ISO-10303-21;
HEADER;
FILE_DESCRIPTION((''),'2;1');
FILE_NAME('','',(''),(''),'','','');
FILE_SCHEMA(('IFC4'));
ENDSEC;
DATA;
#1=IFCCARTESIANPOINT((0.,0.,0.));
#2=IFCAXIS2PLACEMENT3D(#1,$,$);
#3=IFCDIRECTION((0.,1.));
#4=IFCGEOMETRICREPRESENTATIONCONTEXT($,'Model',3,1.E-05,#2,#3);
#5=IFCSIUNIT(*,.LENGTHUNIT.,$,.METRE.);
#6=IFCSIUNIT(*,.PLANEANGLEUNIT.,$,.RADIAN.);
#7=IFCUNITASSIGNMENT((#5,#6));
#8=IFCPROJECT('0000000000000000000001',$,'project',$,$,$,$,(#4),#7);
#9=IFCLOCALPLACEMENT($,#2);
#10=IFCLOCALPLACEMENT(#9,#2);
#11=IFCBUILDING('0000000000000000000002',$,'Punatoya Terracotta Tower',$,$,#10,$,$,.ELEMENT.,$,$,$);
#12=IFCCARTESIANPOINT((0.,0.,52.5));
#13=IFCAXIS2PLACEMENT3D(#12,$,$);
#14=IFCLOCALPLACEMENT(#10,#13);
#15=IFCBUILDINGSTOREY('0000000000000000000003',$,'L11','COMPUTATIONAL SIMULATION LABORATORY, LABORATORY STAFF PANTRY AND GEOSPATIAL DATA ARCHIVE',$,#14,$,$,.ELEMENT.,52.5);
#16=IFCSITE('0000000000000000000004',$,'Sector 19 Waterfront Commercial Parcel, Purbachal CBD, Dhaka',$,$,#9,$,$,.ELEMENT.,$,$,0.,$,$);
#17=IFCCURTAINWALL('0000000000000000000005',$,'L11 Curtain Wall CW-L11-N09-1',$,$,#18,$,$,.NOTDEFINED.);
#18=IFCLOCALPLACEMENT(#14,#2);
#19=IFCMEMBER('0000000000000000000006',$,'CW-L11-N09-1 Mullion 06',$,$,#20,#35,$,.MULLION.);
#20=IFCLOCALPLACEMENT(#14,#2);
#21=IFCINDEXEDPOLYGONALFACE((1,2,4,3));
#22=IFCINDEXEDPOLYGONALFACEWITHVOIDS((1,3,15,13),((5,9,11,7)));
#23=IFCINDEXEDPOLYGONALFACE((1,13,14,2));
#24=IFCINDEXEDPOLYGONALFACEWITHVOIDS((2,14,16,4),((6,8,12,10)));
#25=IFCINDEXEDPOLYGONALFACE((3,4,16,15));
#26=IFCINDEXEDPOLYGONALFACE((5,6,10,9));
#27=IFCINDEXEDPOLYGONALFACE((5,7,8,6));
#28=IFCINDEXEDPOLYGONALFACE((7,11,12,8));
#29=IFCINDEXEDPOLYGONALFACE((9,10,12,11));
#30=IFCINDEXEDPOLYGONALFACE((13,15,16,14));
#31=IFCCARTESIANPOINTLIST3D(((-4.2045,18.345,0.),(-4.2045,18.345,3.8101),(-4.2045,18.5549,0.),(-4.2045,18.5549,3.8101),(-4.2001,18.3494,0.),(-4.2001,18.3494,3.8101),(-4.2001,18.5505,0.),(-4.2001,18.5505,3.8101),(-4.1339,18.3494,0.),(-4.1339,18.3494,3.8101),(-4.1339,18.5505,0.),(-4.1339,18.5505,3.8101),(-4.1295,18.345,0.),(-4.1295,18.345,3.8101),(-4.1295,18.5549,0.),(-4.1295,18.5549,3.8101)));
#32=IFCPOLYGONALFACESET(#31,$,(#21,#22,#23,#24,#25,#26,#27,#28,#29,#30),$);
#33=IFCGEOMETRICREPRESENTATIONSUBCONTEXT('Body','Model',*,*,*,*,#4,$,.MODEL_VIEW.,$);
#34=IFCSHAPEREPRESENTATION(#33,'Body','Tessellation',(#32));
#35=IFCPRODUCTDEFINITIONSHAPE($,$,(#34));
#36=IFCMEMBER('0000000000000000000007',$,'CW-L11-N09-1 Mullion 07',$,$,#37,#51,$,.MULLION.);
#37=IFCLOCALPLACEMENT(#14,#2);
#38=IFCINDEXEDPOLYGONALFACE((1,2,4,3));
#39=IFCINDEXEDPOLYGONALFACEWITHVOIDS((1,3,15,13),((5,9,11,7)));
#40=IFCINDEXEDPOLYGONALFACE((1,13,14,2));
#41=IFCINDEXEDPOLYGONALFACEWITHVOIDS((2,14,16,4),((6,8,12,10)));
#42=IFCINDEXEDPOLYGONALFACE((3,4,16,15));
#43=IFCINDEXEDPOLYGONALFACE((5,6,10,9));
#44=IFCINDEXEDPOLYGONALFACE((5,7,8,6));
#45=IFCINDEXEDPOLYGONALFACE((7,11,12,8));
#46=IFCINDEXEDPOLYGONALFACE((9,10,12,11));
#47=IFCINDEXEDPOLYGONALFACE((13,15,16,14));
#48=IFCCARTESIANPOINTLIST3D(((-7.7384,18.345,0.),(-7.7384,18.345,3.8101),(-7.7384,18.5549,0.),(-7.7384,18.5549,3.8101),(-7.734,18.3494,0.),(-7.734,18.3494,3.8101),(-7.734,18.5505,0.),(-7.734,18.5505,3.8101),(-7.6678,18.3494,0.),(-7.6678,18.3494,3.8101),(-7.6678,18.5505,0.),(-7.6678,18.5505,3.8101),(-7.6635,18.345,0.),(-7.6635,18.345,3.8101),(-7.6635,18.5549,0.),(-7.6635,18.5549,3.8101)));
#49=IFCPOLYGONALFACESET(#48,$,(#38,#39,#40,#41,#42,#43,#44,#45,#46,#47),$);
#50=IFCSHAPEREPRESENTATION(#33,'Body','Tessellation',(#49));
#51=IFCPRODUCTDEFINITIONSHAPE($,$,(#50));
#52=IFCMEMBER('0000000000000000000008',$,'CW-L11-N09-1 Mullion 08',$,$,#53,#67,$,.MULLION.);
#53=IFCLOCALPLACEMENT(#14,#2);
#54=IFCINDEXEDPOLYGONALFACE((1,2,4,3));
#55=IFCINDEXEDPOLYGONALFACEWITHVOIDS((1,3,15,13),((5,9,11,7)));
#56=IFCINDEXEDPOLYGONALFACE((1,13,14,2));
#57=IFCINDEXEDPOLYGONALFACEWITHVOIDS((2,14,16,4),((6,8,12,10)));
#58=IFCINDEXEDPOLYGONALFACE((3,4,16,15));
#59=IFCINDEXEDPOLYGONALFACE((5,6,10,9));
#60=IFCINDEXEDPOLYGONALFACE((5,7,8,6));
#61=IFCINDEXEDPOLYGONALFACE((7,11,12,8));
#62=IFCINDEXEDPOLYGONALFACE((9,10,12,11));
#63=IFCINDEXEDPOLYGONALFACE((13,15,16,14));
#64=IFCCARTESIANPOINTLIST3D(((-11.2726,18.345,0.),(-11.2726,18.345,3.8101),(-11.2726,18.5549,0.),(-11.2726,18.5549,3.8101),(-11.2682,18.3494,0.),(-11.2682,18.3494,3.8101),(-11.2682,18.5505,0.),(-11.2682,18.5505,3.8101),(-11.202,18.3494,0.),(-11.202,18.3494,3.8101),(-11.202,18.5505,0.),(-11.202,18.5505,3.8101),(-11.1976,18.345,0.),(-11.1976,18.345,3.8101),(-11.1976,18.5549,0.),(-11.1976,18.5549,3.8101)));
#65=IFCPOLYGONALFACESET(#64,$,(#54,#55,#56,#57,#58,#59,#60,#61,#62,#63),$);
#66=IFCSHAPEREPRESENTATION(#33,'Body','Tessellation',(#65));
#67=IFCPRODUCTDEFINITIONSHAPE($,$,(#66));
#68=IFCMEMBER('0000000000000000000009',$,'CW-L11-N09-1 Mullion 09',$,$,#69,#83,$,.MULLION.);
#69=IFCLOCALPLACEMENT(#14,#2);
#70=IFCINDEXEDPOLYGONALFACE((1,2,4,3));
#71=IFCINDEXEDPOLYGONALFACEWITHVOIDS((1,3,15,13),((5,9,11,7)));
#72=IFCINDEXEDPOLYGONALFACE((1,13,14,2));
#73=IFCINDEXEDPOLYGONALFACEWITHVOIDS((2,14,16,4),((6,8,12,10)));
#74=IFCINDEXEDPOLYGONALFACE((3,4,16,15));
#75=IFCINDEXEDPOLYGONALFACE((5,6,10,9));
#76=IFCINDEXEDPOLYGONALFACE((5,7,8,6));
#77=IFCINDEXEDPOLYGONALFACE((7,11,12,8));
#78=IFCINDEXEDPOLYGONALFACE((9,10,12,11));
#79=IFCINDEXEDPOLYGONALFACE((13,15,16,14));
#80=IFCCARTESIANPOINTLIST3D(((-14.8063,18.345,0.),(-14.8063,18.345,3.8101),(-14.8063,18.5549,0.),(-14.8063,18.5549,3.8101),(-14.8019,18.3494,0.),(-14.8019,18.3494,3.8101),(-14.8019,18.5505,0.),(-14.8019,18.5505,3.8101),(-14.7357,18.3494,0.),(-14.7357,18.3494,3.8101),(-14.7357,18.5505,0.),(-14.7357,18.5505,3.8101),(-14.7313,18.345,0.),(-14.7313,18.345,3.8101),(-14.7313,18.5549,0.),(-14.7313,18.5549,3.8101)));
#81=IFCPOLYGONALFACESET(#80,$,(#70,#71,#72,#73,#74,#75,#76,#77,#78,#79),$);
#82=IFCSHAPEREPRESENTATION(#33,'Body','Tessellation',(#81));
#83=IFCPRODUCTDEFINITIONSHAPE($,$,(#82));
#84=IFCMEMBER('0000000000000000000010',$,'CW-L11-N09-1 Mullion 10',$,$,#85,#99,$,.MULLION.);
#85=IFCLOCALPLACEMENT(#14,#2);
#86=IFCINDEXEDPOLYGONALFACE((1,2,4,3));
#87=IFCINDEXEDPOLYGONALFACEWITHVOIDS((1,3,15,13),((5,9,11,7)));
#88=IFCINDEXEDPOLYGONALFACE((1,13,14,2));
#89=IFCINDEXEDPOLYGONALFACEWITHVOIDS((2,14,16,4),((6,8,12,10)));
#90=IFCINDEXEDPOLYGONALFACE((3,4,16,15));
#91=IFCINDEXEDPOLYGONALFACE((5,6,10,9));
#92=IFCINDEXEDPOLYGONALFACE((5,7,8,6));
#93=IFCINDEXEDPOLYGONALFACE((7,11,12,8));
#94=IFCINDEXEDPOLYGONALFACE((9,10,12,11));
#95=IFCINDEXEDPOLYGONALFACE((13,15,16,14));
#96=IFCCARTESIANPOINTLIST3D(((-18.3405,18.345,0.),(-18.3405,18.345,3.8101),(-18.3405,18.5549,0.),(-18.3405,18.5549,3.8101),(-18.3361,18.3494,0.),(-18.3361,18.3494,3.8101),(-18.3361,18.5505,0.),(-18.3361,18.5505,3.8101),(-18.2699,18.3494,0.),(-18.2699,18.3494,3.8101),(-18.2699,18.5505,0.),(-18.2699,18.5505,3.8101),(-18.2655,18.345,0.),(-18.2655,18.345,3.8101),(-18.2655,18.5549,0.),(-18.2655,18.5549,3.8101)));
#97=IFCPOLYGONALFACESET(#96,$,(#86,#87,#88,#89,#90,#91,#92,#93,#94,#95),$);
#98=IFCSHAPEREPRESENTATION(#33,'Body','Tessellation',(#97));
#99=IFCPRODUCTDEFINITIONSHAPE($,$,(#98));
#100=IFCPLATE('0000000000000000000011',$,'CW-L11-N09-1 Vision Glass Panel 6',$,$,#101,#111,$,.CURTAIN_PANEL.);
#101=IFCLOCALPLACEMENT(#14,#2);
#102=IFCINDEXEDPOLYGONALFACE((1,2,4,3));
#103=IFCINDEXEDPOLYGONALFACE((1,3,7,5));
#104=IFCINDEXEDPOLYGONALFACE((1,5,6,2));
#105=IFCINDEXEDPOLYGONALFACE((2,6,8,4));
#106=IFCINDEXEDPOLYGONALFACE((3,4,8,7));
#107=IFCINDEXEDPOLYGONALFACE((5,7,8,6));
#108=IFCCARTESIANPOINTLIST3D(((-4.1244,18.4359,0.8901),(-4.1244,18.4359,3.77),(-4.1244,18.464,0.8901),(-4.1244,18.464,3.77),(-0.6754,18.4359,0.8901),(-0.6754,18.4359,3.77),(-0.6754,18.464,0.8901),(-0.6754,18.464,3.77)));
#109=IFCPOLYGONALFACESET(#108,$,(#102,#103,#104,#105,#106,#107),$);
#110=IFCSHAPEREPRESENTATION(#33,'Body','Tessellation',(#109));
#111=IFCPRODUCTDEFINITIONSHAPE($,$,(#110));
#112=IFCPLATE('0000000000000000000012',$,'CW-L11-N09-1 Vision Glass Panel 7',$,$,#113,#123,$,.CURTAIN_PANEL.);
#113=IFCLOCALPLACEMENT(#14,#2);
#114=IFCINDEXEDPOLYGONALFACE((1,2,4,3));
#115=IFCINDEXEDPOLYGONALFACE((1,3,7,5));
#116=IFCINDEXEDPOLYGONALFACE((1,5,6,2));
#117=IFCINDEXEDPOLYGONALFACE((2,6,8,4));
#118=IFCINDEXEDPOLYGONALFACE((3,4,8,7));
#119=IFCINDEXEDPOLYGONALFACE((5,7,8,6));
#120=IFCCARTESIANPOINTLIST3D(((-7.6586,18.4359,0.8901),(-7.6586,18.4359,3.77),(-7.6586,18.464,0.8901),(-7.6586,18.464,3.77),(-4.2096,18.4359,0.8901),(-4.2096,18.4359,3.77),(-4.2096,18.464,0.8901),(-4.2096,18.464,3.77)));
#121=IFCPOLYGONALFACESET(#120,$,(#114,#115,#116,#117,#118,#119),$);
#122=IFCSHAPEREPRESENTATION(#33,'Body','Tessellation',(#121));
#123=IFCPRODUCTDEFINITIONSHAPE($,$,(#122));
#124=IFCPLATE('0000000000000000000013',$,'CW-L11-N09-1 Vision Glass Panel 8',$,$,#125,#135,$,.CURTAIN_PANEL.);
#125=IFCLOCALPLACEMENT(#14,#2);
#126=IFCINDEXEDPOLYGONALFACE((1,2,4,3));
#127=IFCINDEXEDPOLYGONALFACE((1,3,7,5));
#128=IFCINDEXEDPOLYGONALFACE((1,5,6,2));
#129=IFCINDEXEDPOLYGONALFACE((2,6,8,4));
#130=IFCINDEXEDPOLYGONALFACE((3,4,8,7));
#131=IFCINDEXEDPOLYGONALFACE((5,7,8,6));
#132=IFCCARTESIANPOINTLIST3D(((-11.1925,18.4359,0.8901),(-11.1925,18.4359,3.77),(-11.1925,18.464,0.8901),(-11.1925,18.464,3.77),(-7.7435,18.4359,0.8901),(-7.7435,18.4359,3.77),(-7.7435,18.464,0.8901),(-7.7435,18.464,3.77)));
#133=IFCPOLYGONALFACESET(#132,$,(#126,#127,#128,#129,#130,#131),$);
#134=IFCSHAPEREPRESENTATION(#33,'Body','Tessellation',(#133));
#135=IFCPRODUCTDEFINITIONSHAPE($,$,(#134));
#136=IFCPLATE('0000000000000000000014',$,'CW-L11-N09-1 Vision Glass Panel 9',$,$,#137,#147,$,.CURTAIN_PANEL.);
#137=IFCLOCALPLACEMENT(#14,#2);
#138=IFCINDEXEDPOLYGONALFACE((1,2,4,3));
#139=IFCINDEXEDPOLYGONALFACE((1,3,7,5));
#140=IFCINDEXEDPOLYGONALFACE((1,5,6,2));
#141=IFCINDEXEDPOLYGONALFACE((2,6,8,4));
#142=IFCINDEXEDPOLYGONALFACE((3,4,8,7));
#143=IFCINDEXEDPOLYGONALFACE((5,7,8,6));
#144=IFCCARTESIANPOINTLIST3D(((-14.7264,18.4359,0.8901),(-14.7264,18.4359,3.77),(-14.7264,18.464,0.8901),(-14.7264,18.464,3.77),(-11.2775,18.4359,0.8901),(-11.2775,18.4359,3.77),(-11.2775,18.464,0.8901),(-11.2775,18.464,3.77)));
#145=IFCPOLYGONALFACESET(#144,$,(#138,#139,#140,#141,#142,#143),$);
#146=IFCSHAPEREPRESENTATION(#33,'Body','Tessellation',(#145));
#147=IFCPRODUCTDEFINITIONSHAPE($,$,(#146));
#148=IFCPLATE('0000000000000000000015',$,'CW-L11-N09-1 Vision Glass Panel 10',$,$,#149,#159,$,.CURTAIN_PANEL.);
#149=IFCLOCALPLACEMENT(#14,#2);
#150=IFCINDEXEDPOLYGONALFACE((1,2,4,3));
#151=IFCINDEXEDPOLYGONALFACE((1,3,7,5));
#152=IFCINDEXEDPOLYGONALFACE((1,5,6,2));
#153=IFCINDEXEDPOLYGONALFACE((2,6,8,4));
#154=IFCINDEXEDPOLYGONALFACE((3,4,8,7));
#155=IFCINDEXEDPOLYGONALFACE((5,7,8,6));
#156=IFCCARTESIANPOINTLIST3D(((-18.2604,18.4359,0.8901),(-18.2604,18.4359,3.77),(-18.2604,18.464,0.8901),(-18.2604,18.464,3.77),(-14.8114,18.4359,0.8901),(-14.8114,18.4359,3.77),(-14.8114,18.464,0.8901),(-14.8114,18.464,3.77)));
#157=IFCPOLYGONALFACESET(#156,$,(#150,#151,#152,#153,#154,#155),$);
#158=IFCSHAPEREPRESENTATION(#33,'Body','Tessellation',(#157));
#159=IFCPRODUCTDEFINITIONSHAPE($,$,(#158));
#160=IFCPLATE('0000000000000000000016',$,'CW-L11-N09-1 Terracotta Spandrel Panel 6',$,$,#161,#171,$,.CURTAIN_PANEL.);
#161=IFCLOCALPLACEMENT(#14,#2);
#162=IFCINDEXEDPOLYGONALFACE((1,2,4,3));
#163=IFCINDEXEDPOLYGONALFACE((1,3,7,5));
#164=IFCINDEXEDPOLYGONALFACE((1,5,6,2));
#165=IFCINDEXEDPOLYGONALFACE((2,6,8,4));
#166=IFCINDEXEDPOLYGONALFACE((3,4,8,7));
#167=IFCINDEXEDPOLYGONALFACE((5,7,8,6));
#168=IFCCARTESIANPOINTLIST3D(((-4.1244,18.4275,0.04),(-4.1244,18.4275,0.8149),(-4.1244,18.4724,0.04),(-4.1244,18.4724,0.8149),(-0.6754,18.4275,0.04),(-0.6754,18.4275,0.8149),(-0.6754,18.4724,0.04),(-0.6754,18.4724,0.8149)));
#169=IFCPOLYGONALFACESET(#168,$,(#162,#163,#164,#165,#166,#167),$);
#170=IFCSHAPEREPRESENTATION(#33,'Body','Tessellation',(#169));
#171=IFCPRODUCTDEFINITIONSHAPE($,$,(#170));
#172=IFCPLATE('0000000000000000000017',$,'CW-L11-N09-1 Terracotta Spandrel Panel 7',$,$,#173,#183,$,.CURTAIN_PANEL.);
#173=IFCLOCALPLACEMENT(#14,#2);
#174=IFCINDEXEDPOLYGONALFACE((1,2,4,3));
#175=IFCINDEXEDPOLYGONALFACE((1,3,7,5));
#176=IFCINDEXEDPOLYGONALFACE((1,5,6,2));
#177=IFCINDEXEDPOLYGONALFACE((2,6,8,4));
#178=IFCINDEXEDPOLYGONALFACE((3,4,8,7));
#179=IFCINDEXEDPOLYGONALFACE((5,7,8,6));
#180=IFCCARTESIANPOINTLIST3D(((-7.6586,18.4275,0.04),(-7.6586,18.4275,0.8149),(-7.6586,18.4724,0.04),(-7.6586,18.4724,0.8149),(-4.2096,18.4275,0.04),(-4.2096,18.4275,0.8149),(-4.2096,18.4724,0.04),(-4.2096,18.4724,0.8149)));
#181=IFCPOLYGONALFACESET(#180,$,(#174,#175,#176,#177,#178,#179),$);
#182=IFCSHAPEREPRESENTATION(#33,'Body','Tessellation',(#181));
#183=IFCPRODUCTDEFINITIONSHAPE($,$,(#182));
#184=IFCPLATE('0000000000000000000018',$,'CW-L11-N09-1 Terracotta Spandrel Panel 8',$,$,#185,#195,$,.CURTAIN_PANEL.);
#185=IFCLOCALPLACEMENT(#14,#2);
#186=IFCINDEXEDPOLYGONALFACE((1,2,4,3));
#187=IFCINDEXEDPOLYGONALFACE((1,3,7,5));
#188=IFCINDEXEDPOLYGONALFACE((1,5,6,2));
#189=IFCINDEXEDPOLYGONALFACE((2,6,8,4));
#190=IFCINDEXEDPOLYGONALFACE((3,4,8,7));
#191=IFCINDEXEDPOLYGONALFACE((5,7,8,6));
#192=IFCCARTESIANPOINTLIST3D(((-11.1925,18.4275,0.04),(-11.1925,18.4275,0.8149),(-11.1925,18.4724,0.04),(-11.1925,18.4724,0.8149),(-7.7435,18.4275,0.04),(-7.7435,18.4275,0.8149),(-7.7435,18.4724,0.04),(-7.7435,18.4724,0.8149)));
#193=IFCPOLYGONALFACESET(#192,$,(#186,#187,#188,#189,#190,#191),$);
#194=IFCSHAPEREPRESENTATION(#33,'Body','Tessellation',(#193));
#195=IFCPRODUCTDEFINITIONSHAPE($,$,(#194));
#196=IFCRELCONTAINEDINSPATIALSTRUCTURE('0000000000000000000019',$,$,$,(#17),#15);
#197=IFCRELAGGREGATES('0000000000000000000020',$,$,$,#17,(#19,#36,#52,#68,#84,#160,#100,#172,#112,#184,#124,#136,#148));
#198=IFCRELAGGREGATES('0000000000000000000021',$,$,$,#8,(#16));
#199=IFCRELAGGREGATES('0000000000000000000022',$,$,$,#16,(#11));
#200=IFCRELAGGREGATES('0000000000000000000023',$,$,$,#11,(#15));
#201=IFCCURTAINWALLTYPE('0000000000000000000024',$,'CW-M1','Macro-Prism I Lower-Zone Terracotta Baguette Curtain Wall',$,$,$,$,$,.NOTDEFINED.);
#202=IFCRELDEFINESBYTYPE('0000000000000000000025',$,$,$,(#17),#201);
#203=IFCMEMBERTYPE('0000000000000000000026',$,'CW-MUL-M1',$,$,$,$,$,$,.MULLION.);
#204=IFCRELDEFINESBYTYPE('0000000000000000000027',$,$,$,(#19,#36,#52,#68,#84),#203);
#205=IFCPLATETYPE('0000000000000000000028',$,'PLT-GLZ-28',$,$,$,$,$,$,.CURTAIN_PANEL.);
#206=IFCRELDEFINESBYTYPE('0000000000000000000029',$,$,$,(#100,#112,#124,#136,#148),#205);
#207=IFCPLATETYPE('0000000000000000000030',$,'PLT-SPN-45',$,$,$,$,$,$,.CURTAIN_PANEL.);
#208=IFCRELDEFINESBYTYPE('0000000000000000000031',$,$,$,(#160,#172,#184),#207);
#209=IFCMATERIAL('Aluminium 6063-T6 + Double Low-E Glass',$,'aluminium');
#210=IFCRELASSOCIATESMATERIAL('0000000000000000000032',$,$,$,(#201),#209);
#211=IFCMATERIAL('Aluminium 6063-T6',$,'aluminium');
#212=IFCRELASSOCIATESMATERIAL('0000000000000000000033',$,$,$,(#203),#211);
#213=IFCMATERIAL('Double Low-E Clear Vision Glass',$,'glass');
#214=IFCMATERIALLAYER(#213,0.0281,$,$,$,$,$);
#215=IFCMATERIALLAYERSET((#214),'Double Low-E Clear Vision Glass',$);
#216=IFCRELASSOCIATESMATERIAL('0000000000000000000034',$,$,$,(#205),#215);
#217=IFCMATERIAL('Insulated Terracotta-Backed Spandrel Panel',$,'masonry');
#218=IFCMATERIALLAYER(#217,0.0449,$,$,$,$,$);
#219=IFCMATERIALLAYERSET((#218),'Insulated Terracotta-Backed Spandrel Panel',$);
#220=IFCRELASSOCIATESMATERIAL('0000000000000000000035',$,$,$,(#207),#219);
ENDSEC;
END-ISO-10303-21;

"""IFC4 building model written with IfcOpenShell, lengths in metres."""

from ifc_helpers import new_model, si_unit, direction, frame, origin, origin_2d, place, context, subcontext, project, spatial, rectangle, hollow_rectangle, extrude, material, layer, layer_set, material_profile, profile_set, type_object, element, aggregate, save


model = new_model("IFC4")

# Units and contexts
model_context = context("Model", 3, precision=1e-05, world=origin(), true_north=direction((0.0, 1.0)))
body_context = subcontext(model_context, "Body", "Model", "MODEL_VIEW")
ifc_project = project(units=[si_unit("LENGTHUNIT", "METRE"), si_unit("PLANEANGLEUNIT", "RADIAN")], contexts=[model_context])

# Site, building, storey
site_placement = place(None, origin())
site = spatial("IfcSite", under=ifc_project, at=site_placement, Name="Sector 19 Waterfront Commercial Parcel, Purbachal CBD, Dhaka", CompositionType="ELEMENT", RefElevation=0.0)
building_placement = place(site_placement, origin())
building = spatial("IfcBuilding", under=site, at=building_placement, Name="Punatoya Terracotta Tower", CompositionType="ELEMENT")
storey_placement = place(building_placement, frame((0.0, 0.0, 52.5)))
storey = spatial("IfcBuildingStorey", under=building, at=storey_placement, Name="L11", Description="COMPUTATIONAL SIMULATION LABORATORY, LABORATORY STAFF PANTRY AND GEOSPATIAL DATA ARCHIVE", CompositionType="ELEMENT", Elevation=52.5)

# Curtain wall, members, plates
ifc_material_1 = material(Name="Aluminium 6063-T6 + Double Low-E Glass", Category="aluminium")
curtain_wall_type = type_object("IfcCurtainWallType", Name="CW-M1", Description="Macro-Prism I Lower-Zone Terracotta Baguette Curtain Wall", PredefinedType="NOTDEFINED", material=ifc_material_1)
curtain_wall_placement = place(storey_placement, origin())
curtain_wall = element("IfcCurtainWall", 1, at=curtain_wall_placement, inside=storey, type_object=curtain_wall_type, Name="L11 Curtain Wall CW-L11-N09-1", PredefinedType="NOTDEFINED")
ifc_material_2 = material(Name="Aluminium 6063-T6", Category="aluminium")
ifc_material_profile_1 = material_profile(ifc_material_2, hollow_rectangle(XDim=0.075, YDim=0.21, WallThickness=0.0044, at=origin_2d()))
ifc_profile_set_1 = profile_set([ifc_material_profile_1], Name="Aluminium 6063-T6")
member_type = type_object("IfcMemberType", Name="CW-MUL-M1", PredefinedType="MULLION", material=ifc_profile_set_1)
member_1_placement = place(storey_placement, frame((-4.167, 18.45, 0.0), z_axis=(0.0, 0.0, 1.0), x_axis=(1.0, 0.0, 0.0)))
member_1 = element("IfcMember", 2, at=member_1_placement, type_object=member_type, Name="CW-L11-N09-1 Mullion 06", PredefinedType="MULLION", context=body_context, shape_type="SweptSolid", body=[
    extrude(hollow_rectangle(XDim=0.075, YDim=0.21, WallThickness=0.0044, at=origin_2d()), origin(), (0.0, 0.0, 1.0), 3.8101),
])
member_2_placement = place(storey_placement, frame((-7.7009, 18.45, 0.0), z_axis=(0.0, 0.0, 1.0), x_axis=(1.0, 0.0, 0.0)))
member_2 = element("IfcMember", 3, at=member_2_placement, type_object=member_type, Name="CW-L11-N09-1 Mullion 07", PredefinedType="MULLION", context=body_context, shape_type="SweptSolid", body=[
    extrude(hollow_rectangle(XDim=0.075, YDim=0.21, WallThickness=0.0044, at=origin_2d()), origin(), (0.0, 0.0, 1.0), 3.8101),
])
member_3_placement = place(storey_placement, frame((-11.2351, 18.45, 0.0), z_axis=(0.0, 0.0, 1.0), x_axis=(1.0, 0.0, 0.0)))
member_3 = element("IfcMember", 4, at=member_3_placement, type_object=member_type, Name="CW-L11-N09-1 Mullion 08", PredefinedType="MULLION", context=body_context, shape_type="SweptSolid", body=[
    extrude(hollow_rectangle(XDim=0.075, YDim=0.21, WallThickness=0.0044, at=origin_2d()), origin(), (0.0, 0.0, 1.0), 3.8101),
])
member_4_placement = place(storey_placement, frame((-14.7688, 18.45, 0.0), z_axis=(0.0, 0.0, 1.0), x_axis=(1.0, 0.0, 0.0)))
member_4 = element("IfcMember", 5, at=member_4_placement, type_object=member_type, Name="CW-L11-N09-1 Mullion 09", PredefinedType="MULLION", context=body_context, shape_type="SweptSolid", body=[
    extrude(hollow_rectangle(XDim=0.075, YDim=0.21, WallThickness=0.0044, at=origin_2d()), origin(), (0.0, 0.0, 1.0), 3.8101),
])
member_5_placement = place(storey_placement, frame((-18.303, 18.45, 0.0), z_axis=(0.0, 0.0, 1.0), x_axis=(1.0, 0.0, 0.0)))
member_5 = element("IfcMember", 6, at=member_5_placement, type_object=member_type, Name="CW-L11-N09-1 Mullion 10", PredefinedType="MULLION", context=body_context, shape_type="SweptSolid", body=[
    extrude(hollow_rectangle(XDim=0.075, YDim=0.21, WallThickness=0.0044, at=origin_2d()), origin(), (0.0, 0.0, 1.0), 3.8101),
])
ifc_material_3 = material(Name="Double Low-E Clear Vision Glass", Category="glass")
ifc_layer_1 = layer(ifc_material_3, 0.0281)
ifc_layer_set_1 = layer_set([ifc_layer_1], Name="Double Low-E Clear Vision Glass")
plate_type_1 = type_object("IfcPlateType", Name="PLT-GLZ-28", PredefinedType="CURTAIN_PANEL", material=ifc_layer_set_1)
plate_1_placement = place(storey_placement, frame((-2.3999, 18.45, 0.8901), z_axis=(0.0, 0.0, 1.0), x_axis=(-1.0, 0.0, 0.0)))
plate_1 = element("IfcPlate", 7, at=plate_1_placement, type_object=plate_type_1, Name="CW-L11-N09-1 Vision Glass Panel 6", PredefinedType="CURTAIN_PANEL", context=body_context, shape_type="SweptSolid", body=[
    extrude(rectangle(XDim=3.449, YDim=0.0281, at=origin_2d()), origin(), (0.0, 0.0, 1.0), 2.8799),
])
plate_2_placement = place(storey_placement, frame((-5.9341, 18.45, 0.8901), z_axis=(0.0, 0.0, 1.0), x_axis=(-1.0, 0.0, 0.0)))
plate_2 = element("IfcPlate", 8, at=plate_2_placement, type_object=plate_type_1, Name="CW-L11-N09-1 Vision Glass Panel 7", PredefinedType="CURTAIN_PANEL", context=body_context, shape_type="SweptSolid", body=[
    extrude(rectangle(XDim=3.449, YDim=0.0281, at=origin_2d()), origin(), (0.0, 0.0, 1.0), 2.8799),
])
plate_3_placement = place(storey_placement, frame((-9.468, 18.45, 0.8901), z_axis=(0.0, 0.0, 1.0), x_axis=(-1.0, 0.0, 0.0)))
plate_3 = element("IfcPlate", 9, at=plate_3_placement, type_object=plate_type_1, Name="CW-L11-N09-1 Vision Glass Panel 8", PredefinedType="CURTAIN_PANEL", context=body_context, shape_type="SweptSolid", body=[
    extrude(rectangle(XDim=3.449, YDim=0.0281, at=origin_2d()), origin(), (0.0, 0.0, 1.0), 2.8799),
])
plate_4_placement = place(storey_placement, frame((-13.002, 18.45, 0.8901), z_axis=(0.0, 0.0, 1.0), x_axis=(-1.0, 0.0, 0.0)))
plate_4 = element("IfcPlate", 10, at=plate_4_placement, type_object=plate_type_1, Name="CW-L11-N09-1 Vision Glass Panel 9", PredefinedType="CURTAIN_PANEL", context=body_context, shape_type="SweptSolid", body=[
    extrude(rectangle(XDim=3.449, YDim=0.0281, at=origin_2d()), origin(), (0.0, 0.0, 1.0), 2.8799),
])
plate_5_placement = place(storey_placement, frame((-16.5359, 18.45, 0.8901), z_axis=(0.0, 0.0, 1.0), x_axis=(-1.0, 0.0, 0.0)))
plate_5 = element("IfcPlate", 11, at=plate_5_placement, type_object=plate_type_1, Name="CW-L11-N09-1 Vision Glass Panel 10", PredefinedType="CURTAIN_PANEL", context=body_context, shape_type="SweptSolid", body=[
    extrude(rectangle(XDim=3.449, YDim=0.0281, at=origin_2d()), origin(), (0.0, 0.0, 1.0), 2.8799),
])
ifc_material_4 = material(Name="Insulated Terracotta-Backed Spandrel Panel", Category="masonry")
ifc_layer_2 = layer(ifc_material_4, 0.0449)
ifc_layer_set_2 = layer_set([ifc_layer_2], Name="Insulated Terracotta-Backed Spandrel Panel")
plate_type_2 = type_object("IfcPlateType", Name="PLT-SPN-45", PredefinedType="CURTAIN_PANEL", material=ifc_layer_set_2)
plate_6_placement = place(storey_placement, frame((-2.3999, 18.45, 0.04), z_axis=(0.0, 0.0, 1.0), x_axis=(-1.0, 0.0, 0.0)))
plate_6 = element("IfcPlate", 12, at=plate_6_placement, type_object=plate_type_2, Name="CW-L11-N09-1 Terracotta Spandrel Panel 6", PredefinedType="CURTAIN_PANEL", context=body_context, shape_type="SweptSolid", body=[
    extrude(rectangle(XDim=3.449, YDim=0.0449, at=origin_2d()), origin(), (0.0, 0.0, 1.0), 0.7749),
])
plate_7_placement = place(storey_placement, frame((-5.9341, 18.45, 0.04), z_axis=(0.0, 0.0, 1.0), x_axis=(-1.0, 0.0, 0.0)))
plate_7 = element("IfcPlate", 13, at=plate_7_placement, type_object=plate_type_2, Name="CW-L11-N09-1 Terracotta Spandrel Panel 7", PredefinedType="CURTAIN_PANEL", context=body_context, shape_type="SweptSolid", body=[
    extrude(rectangle(XDim=3.449, YDim=0.0449, at=origin_2d()), origin(), (0.0, 0.0, 1.0), 0.7749),
])
plate_8_placement = place(storey_placement, frame((-9.468, 18.45, 0.04), z_axis=(0.0, 0.0, 1.0), x_axis=(-1.0, 0.0, 0.0)))
plate_8 = element("IfcPlate", 14, at=plate_8_placement, type_object=plate_type_2, Name="CW-L11-N09-1 Terracotta Spandrel Panel 8", PredefinedType="CURTAIN_PANEL", context=body_context, shape_type="SweptSolid", body=[
    extrude(rectangle(XDim=3.449, YDim=0.0449, at=origin_2d()), origin(), (0.0, 0.0, 1.0), 0.7749),
])
aggregate(curtain_wall, [member_1, member_2, member_3, member_4, member_5, plate_6, plate_1, plate_7, plate_2, plate_8, plate_3, plate_4, plate_5])

save(model, "model.ifc")
